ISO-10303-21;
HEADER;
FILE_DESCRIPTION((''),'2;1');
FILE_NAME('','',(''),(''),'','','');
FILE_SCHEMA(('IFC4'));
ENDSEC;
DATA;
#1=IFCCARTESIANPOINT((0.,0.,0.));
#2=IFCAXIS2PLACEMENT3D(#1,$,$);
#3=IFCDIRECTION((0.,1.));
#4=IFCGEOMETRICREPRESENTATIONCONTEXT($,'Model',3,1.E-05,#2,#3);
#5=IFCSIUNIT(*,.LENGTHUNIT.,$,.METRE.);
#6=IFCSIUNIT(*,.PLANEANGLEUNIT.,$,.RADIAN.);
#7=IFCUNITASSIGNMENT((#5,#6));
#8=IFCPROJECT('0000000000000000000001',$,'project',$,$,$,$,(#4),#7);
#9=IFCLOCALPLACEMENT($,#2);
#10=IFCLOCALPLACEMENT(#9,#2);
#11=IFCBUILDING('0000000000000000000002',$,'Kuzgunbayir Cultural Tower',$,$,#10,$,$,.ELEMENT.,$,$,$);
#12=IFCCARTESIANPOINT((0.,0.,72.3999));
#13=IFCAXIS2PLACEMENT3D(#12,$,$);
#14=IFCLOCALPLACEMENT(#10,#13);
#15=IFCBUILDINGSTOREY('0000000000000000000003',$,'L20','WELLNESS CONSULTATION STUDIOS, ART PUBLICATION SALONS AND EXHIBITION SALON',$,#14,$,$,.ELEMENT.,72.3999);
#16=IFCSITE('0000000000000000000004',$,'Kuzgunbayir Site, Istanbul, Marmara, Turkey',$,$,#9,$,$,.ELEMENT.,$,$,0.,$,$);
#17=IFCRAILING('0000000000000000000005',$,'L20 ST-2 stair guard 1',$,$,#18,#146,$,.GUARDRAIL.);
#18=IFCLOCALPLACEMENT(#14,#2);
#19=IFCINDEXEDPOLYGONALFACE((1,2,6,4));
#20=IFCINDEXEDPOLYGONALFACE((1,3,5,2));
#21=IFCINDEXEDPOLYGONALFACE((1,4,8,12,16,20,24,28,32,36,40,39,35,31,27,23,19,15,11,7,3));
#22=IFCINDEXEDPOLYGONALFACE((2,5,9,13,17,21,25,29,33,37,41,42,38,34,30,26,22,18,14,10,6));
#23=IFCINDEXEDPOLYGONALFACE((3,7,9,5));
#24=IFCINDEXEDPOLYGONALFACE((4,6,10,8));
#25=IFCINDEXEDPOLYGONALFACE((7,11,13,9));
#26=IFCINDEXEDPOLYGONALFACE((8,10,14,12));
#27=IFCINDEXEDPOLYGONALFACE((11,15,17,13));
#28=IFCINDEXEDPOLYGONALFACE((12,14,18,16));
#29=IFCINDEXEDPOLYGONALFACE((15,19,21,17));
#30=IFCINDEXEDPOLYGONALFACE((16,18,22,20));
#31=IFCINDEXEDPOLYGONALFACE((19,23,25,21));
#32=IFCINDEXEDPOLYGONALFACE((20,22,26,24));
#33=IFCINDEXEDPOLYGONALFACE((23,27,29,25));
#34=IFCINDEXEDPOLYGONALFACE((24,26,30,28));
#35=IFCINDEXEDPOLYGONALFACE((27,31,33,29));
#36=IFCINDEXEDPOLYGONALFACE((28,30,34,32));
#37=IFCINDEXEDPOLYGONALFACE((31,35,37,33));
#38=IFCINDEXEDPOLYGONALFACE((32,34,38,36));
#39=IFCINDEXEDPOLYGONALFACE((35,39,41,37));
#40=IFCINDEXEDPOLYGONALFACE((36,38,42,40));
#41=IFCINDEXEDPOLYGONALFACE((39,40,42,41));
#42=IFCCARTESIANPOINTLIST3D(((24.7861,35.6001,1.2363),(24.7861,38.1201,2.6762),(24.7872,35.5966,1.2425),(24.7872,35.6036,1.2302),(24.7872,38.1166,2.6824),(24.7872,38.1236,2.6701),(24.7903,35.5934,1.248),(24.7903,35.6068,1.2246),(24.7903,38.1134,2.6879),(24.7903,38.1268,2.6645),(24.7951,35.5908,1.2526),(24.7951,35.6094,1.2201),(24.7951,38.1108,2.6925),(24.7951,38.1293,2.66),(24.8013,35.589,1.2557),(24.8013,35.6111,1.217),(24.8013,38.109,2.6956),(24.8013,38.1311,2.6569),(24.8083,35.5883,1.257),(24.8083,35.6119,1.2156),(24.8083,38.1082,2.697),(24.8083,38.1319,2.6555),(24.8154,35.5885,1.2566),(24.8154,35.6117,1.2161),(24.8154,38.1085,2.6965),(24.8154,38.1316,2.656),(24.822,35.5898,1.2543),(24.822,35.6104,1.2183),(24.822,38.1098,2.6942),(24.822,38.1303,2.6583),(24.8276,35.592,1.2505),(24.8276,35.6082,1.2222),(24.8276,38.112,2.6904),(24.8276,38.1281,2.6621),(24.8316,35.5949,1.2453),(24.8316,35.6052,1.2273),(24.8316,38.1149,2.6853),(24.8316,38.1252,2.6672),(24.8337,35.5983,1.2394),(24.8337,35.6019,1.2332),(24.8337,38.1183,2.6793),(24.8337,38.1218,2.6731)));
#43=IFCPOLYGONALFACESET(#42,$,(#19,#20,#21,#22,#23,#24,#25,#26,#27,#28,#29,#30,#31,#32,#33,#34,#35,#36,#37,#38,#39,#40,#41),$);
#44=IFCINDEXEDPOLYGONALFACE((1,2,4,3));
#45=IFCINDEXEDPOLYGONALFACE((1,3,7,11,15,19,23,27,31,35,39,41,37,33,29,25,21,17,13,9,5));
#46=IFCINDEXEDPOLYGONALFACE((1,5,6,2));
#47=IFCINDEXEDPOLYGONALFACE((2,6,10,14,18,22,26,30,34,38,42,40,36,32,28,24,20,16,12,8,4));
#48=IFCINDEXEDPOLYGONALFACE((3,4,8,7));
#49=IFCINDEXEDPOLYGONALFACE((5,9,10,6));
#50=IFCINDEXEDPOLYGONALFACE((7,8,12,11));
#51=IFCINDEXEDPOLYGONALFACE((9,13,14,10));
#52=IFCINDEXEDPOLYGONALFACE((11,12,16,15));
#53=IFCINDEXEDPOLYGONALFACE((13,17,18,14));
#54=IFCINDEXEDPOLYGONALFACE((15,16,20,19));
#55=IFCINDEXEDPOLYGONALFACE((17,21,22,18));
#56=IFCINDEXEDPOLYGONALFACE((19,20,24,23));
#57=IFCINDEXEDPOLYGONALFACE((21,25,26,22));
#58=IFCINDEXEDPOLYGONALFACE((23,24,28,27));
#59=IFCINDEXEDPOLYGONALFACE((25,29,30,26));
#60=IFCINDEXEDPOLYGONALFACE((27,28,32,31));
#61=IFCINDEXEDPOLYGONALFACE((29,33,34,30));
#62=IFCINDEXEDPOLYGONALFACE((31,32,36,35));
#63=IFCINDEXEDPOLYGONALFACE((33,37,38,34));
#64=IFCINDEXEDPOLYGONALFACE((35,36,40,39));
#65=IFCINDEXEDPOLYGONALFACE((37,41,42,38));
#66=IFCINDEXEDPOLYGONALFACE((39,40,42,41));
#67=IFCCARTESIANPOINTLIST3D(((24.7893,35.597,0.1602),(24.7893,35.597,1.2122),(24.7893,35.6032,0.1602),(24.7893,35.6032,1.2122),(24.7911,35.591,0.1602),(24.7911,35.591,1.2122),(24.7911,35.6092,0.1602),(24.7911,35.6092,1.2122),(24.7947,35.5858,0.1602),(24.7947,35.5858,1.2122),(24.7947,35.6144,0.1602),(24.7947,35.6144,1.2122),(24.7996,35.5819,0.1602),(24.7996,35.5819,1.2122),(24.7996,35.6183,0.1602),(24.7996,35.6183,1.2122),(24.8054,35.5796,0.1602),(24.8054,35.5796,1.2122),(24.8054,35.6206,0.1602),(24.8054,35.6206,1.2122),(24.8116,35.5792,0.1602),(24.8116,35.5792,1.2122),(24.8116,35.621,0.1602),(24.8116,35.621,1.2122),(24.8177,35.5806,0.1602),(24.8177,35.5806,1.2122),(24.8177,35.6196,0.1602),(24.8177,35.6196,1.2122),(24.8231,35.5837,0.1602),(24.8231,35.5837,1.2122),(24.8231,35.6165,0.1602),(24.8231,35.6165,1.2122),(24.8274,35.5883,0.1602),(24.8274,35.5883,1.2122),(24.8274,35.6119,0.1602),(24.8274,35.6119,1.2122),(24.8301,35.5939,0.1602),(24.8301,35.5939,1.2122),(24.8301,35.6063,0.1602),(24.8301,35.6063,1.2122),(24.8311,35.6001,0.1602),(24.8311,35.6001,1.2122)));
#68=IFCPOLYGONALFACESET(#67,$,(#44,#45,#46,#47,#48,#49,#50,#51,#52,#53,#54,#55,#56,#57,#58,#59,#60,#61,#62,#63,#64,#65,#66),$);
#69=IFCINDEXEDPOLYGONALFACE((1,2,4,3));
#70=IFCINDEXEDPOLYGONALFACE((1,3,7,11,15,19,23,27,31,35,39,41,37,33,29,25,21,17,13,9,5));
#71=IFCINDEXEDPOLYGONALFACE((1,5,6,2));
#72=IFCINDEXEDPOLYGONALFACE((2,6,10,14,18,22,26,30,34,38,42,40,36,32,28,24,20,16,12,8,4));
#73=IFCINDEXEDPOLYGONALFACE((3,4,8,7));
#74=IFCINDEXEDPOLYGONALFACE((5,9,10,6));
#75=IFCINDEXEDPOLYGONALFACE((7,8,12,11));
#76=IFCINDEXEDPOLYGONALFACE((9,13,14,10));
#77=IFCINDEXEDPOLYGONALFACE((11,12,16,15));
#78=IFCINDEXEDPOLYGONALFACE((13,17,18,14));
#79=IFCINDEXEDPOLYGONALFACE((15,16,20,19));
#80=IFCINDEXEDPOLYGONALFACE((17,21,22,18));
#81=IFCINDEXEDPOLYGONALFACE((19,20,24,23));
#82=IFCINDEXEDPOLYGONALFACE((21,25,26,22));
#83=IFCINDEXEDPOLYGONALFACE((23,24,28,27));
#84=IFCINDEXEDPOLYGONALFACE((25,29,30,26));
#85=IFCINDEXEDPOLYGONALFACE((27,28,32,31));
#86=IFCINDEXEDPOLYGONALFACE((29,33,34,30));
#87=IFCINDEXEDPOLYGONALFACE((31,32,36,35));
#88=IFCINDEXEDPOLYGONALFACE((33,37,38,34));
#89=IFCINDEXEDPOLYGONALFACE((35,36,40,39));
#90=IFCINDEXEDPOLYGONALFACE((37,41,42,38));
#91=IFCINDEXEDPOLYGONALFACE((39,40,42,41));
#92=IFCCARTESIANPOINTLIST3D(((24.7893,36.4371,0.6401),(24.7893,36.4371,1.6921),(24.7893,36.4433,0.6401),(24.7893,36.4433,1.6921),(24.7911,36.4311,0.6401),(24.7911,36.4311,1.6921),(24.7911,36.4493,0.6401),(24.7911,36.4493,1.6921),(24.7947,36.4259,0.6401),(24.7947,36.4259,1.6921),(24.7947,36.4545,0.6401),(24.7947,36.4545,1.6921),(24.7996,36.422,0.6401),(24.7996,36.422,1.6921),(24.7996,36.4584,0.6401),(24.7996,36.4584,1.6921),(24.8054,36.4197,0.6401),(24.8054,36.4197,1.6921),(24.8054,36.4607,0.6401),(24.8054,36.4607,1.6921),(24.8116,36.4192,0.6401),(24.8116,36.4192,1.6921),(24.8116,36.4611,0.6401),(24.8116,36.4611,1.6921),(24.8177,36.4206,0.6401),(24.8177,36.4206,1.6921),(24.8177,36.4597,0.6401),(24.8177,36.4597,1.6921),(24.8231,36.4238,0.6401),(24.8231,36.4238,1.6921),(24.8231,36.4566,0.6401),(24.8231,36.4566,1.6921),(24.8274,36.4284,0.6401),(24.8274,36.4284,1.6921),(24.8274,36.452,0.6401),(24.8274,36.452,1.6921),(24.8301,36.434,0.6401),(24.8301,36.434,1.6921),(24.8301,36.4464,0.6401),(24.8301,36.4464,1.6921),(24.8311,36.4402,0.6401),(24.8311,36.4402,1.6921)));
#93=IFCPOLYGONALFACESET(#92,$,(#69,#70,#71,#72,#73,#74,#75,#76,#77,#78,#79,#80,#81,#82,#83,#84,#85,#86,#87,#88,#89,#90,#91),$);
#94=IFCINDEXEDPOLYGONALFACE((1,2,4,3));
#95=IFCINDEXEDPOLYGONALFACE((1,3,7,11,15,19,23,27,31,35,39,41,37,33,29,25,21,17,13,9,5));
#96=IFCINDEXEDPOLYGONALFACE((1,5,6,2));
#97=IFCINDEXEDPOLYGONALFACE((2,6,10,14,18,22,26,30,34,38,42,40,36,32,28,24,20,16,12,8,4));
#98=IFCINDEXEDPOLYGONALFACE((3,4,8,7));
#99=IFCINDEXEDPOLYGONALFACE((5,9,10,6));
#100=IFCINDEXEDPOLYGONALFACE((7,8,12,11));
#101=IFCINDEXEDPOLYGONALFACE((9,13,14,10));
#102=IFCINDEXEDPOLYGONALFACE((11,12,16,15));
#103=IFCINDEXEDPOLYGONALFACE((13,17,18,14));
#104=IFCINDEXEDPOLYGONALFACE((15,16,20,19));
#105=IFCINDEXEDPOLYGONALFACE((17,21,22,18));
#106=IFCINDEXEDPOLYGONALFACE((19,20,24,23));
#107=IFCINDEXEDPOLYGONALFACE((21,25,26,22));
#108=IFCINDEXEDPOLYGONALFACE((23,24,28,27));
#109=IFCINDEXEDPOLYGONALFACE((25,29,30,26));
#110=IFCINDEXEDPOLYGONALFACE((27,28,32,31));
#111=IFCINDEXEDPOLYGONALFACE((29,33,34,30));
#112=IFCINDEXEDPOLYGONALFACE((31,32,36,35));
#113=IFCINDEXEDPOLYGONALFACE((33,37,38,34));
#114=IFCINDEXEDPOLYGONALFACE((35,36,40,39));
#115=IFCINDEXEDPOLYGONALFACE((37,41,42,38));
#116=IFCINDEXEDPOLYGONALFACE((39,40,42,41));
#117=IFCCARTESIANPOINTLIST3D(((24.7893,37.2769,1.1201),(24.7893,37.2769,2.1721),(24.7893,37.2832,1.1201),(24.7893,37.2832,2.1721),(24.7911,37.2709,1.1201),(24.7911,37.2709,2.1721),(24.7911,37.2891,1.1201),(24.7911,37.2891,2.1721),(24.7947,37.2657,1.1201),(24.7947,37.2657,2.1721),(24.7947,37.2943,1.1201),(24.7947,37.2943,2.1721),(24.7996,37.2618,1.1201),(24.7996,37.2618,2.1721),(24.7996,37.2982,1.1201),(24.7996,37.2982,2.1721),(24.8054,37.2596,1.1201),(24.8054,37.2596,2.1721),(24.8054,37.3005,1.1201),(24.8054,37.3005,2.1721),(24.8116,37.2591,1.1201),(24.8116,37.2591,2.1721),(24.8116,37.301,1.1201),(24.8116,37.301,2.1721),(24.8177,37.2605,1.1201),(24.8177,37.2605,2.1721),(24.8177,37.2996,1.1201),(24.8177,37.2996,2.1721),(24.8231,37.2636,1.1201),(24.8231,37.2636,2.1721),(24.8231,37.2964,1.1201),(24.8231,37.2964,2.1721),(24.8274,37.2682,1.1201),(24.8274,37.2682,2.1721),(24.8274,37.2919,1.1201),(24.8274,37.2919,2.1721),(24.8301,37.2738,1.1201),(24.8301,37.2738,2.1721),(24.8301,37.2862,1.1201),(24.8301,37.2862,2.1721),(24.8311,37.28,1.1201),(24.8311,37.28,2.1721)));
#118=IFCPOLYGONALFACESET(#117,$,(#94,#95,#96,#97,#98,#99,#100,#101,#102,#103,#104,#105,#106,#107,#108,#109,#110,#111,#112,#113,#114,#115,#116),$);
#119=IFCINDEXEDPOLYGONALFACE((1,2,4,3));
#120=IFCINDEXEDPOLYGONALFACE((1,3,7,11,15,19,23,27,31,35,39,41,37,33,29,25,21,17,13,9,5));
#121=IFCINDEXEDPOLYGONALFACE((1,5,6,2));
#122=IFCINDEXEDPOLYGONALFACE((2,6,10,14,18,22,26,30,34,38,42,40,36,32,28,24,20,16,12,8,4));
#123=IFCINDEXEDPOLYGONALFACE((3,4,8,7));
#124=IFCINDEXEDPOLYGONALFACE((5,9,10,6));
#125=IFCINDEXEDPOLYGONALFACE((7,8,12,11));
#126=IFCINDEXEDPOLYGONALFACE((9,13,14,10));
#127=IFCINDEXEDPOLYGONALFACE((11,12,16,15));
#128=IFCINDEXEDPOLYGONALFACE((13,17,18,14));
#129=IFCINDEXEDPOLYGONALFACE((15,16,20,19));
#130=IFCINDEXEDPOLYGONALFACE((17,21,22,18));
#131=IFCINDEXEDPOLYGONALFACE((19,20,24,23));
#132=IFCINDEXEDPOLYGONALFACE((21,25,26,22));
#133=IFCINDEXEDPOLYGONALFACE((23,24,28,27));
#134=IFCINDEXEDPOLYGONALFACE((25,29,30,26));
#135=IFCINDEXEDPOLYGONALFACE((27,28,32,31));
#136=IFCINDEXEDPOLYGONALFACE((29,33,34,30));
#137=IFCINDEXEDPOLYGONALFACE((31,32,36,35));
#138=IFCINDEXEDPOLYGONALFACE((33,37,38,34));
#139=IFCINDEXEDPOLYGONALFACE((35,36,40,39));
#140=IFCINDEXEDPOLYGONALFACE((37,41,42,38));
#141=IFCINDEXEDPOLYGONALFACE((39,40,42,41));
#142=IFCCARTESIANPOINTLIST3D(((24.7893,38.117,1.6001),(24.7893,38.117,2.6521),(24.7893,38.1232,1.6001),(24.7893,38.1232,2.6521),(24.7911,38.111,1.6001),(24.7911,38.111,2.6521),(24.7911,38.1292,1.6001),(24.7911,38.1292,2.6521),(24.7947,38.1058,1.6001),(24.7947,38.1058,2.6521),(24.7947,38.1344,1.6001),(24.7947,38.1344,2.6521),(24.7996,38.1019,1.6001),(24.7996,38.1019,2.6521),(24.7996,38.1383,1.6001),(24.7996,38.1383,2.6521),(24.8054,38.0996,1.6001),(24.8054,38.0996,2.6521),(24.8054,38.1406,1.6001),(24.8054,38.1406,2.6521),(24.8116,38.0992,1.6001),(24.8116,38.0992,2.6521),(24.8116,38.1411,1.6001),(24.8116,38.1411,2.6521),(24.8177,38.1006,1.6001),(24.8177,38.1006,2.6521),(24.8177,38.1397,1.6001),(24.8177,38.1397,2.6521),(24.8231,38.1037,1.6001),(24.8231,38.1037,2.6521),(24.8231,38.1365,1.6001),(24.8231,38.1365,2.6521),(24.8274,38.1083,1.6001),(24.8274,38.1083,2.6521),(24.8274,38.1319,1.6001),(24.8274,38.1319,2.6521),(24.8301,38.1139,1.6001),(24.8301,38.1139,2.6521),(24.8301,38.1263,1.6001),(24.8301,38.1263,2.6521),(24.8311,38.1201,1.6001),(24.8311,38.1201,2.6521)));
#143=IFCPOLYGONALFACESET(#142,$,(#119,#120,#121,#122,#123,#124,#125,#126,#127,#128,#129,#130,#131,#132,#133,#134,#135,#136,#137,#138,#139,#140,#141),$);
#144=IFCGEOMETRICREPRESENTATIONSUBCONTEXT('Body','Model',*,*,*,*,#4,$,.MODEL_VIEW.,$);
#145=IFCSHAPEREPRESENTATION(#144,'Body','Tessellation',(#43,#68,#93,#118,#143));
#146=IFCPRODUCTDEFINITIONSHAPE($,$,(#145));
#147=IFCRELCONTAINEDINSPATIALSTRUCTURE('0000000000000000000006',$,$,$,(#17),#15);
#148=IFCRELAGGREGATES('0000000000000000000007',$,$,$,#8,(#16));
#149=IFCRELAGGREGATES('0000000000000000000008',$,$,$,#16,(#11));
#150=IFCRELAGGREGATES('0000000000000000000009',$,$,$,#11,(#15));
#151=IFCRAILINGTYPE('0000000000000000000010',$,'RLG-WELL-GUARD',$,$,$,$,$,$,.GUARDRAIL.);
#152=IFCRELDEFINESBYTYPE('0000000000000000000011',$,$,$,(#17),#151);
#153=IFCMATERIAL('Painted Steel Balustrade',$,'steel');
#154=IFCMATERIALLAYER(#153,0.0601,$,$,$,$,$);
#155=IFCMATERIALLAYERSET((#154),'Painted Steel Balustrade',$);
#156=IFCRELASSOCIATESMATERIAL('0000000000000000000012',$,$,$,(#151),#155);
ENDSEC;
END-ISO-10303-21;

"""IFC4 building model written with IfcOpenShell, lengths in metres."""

from ifc_helpers import new_model, si_unit, direction, frame, origin, origin_2d, place, context, subcontext, project, spatial, circle, extrude, material, layer, layer_set, type_object, element, save


model = new_model("IFC4")

# Units and contexts
model_context = context("Model", 3, precision=1e-05, world=origin(), true_north=direction((0.0, 1.0)))
body_context = subcontext(model_context, "Body", "Model", "MODEL_VIEW")
ifc_project = project(units=[si_unit("LENGTHUNIT", "METRE"), si_unit("PLANEANGLEUNIT", "RADIAN")], contexts=[model_context])

# Site, building, storey
site_placement = place(None, origin())
site = spatial("IfcSite", under=ifc_project, at=site_placement, Name="Kuzgunbayir Site, Istanbul, Marmara, Turkey", CompositionType="ELEMENT", RefElevation=0.0)
building_placement = place(site_placement, origin())
building = spatial("IfcBuilding", under=site, at=building_placement, Name="Kuzgunbayir Cultural Tower", CompositionType="ELEMENT")
storey_placement = place(building_placement, frame((0.0, 0.0, 72.3999)))
storey = spatial("IfcBuildingStorey", under=building, at=storey_placement, Name="L20", Description="WELLNESS CONSULTATION STUDIOS, ART PUBLICATION SALONS AND EXHIBITION SALON", CompositionType="ELEMENT", Elevation=72.3999)

# Railing
ifc_material_1 = material(Name="Painted Steel Balustrade", Category="steel")
ifc_layer_1 = layer(ifc_material_1, 0.0601)
ifc_layer_set_1 = layer_set([ifc_layer_1], Name="Painted Steel Balustrade")
railing_type_1 = type_object("IfcRailingType", Name="RLG-WELL-GUARD", PredefinedType="GUARDRAIL", material=ifc_layer_set_1)
railing_1_placement = place(storey_placement, frame((24.8101, 35.6001, 0.1602)))
element("IfcRailing", 1, at=railing_1_placement, inside=storey, type_object=railing_type_1, Name="L20 ST-2 stair guard 1", PredefinedType="GUARDRAIL", context=body_context, shape_type="SweptSolid", body=[
    extrude(circle(Radius=0.0239, at=origin_2d()), frame((0.0, 0.0, 1.0762), z_axis=(0.0, 0.868253, 0.496121), x_axis=(-1.0, 0.0, 0.0)), (0.0, 0.0, 1.0), 2.9023),
    extrude(circle(Radius=0.021, at=origin_2d()), origin(), (0.0, 0.0, 1.0), 1.052),
    extrude(circle(Radius=0.021, at=origin_2d()), frame((0.0, 0.8401, 0.48)), (0.0, 0.0, 1.0), 1.052),
    extrude(circle(Radius=0.021, at=origin_2d()), frame((0.0, 1.6799, 0.96)), (0.0, 0.0, 1.0), 1.052),
    extrude(circle(Radius=0.021, at=origin_2d()), frame((0.0, 2.52, 1.4399)), (0.0, 0.0, 1.0), 1.052),
])

save(model, "model.ifc")
